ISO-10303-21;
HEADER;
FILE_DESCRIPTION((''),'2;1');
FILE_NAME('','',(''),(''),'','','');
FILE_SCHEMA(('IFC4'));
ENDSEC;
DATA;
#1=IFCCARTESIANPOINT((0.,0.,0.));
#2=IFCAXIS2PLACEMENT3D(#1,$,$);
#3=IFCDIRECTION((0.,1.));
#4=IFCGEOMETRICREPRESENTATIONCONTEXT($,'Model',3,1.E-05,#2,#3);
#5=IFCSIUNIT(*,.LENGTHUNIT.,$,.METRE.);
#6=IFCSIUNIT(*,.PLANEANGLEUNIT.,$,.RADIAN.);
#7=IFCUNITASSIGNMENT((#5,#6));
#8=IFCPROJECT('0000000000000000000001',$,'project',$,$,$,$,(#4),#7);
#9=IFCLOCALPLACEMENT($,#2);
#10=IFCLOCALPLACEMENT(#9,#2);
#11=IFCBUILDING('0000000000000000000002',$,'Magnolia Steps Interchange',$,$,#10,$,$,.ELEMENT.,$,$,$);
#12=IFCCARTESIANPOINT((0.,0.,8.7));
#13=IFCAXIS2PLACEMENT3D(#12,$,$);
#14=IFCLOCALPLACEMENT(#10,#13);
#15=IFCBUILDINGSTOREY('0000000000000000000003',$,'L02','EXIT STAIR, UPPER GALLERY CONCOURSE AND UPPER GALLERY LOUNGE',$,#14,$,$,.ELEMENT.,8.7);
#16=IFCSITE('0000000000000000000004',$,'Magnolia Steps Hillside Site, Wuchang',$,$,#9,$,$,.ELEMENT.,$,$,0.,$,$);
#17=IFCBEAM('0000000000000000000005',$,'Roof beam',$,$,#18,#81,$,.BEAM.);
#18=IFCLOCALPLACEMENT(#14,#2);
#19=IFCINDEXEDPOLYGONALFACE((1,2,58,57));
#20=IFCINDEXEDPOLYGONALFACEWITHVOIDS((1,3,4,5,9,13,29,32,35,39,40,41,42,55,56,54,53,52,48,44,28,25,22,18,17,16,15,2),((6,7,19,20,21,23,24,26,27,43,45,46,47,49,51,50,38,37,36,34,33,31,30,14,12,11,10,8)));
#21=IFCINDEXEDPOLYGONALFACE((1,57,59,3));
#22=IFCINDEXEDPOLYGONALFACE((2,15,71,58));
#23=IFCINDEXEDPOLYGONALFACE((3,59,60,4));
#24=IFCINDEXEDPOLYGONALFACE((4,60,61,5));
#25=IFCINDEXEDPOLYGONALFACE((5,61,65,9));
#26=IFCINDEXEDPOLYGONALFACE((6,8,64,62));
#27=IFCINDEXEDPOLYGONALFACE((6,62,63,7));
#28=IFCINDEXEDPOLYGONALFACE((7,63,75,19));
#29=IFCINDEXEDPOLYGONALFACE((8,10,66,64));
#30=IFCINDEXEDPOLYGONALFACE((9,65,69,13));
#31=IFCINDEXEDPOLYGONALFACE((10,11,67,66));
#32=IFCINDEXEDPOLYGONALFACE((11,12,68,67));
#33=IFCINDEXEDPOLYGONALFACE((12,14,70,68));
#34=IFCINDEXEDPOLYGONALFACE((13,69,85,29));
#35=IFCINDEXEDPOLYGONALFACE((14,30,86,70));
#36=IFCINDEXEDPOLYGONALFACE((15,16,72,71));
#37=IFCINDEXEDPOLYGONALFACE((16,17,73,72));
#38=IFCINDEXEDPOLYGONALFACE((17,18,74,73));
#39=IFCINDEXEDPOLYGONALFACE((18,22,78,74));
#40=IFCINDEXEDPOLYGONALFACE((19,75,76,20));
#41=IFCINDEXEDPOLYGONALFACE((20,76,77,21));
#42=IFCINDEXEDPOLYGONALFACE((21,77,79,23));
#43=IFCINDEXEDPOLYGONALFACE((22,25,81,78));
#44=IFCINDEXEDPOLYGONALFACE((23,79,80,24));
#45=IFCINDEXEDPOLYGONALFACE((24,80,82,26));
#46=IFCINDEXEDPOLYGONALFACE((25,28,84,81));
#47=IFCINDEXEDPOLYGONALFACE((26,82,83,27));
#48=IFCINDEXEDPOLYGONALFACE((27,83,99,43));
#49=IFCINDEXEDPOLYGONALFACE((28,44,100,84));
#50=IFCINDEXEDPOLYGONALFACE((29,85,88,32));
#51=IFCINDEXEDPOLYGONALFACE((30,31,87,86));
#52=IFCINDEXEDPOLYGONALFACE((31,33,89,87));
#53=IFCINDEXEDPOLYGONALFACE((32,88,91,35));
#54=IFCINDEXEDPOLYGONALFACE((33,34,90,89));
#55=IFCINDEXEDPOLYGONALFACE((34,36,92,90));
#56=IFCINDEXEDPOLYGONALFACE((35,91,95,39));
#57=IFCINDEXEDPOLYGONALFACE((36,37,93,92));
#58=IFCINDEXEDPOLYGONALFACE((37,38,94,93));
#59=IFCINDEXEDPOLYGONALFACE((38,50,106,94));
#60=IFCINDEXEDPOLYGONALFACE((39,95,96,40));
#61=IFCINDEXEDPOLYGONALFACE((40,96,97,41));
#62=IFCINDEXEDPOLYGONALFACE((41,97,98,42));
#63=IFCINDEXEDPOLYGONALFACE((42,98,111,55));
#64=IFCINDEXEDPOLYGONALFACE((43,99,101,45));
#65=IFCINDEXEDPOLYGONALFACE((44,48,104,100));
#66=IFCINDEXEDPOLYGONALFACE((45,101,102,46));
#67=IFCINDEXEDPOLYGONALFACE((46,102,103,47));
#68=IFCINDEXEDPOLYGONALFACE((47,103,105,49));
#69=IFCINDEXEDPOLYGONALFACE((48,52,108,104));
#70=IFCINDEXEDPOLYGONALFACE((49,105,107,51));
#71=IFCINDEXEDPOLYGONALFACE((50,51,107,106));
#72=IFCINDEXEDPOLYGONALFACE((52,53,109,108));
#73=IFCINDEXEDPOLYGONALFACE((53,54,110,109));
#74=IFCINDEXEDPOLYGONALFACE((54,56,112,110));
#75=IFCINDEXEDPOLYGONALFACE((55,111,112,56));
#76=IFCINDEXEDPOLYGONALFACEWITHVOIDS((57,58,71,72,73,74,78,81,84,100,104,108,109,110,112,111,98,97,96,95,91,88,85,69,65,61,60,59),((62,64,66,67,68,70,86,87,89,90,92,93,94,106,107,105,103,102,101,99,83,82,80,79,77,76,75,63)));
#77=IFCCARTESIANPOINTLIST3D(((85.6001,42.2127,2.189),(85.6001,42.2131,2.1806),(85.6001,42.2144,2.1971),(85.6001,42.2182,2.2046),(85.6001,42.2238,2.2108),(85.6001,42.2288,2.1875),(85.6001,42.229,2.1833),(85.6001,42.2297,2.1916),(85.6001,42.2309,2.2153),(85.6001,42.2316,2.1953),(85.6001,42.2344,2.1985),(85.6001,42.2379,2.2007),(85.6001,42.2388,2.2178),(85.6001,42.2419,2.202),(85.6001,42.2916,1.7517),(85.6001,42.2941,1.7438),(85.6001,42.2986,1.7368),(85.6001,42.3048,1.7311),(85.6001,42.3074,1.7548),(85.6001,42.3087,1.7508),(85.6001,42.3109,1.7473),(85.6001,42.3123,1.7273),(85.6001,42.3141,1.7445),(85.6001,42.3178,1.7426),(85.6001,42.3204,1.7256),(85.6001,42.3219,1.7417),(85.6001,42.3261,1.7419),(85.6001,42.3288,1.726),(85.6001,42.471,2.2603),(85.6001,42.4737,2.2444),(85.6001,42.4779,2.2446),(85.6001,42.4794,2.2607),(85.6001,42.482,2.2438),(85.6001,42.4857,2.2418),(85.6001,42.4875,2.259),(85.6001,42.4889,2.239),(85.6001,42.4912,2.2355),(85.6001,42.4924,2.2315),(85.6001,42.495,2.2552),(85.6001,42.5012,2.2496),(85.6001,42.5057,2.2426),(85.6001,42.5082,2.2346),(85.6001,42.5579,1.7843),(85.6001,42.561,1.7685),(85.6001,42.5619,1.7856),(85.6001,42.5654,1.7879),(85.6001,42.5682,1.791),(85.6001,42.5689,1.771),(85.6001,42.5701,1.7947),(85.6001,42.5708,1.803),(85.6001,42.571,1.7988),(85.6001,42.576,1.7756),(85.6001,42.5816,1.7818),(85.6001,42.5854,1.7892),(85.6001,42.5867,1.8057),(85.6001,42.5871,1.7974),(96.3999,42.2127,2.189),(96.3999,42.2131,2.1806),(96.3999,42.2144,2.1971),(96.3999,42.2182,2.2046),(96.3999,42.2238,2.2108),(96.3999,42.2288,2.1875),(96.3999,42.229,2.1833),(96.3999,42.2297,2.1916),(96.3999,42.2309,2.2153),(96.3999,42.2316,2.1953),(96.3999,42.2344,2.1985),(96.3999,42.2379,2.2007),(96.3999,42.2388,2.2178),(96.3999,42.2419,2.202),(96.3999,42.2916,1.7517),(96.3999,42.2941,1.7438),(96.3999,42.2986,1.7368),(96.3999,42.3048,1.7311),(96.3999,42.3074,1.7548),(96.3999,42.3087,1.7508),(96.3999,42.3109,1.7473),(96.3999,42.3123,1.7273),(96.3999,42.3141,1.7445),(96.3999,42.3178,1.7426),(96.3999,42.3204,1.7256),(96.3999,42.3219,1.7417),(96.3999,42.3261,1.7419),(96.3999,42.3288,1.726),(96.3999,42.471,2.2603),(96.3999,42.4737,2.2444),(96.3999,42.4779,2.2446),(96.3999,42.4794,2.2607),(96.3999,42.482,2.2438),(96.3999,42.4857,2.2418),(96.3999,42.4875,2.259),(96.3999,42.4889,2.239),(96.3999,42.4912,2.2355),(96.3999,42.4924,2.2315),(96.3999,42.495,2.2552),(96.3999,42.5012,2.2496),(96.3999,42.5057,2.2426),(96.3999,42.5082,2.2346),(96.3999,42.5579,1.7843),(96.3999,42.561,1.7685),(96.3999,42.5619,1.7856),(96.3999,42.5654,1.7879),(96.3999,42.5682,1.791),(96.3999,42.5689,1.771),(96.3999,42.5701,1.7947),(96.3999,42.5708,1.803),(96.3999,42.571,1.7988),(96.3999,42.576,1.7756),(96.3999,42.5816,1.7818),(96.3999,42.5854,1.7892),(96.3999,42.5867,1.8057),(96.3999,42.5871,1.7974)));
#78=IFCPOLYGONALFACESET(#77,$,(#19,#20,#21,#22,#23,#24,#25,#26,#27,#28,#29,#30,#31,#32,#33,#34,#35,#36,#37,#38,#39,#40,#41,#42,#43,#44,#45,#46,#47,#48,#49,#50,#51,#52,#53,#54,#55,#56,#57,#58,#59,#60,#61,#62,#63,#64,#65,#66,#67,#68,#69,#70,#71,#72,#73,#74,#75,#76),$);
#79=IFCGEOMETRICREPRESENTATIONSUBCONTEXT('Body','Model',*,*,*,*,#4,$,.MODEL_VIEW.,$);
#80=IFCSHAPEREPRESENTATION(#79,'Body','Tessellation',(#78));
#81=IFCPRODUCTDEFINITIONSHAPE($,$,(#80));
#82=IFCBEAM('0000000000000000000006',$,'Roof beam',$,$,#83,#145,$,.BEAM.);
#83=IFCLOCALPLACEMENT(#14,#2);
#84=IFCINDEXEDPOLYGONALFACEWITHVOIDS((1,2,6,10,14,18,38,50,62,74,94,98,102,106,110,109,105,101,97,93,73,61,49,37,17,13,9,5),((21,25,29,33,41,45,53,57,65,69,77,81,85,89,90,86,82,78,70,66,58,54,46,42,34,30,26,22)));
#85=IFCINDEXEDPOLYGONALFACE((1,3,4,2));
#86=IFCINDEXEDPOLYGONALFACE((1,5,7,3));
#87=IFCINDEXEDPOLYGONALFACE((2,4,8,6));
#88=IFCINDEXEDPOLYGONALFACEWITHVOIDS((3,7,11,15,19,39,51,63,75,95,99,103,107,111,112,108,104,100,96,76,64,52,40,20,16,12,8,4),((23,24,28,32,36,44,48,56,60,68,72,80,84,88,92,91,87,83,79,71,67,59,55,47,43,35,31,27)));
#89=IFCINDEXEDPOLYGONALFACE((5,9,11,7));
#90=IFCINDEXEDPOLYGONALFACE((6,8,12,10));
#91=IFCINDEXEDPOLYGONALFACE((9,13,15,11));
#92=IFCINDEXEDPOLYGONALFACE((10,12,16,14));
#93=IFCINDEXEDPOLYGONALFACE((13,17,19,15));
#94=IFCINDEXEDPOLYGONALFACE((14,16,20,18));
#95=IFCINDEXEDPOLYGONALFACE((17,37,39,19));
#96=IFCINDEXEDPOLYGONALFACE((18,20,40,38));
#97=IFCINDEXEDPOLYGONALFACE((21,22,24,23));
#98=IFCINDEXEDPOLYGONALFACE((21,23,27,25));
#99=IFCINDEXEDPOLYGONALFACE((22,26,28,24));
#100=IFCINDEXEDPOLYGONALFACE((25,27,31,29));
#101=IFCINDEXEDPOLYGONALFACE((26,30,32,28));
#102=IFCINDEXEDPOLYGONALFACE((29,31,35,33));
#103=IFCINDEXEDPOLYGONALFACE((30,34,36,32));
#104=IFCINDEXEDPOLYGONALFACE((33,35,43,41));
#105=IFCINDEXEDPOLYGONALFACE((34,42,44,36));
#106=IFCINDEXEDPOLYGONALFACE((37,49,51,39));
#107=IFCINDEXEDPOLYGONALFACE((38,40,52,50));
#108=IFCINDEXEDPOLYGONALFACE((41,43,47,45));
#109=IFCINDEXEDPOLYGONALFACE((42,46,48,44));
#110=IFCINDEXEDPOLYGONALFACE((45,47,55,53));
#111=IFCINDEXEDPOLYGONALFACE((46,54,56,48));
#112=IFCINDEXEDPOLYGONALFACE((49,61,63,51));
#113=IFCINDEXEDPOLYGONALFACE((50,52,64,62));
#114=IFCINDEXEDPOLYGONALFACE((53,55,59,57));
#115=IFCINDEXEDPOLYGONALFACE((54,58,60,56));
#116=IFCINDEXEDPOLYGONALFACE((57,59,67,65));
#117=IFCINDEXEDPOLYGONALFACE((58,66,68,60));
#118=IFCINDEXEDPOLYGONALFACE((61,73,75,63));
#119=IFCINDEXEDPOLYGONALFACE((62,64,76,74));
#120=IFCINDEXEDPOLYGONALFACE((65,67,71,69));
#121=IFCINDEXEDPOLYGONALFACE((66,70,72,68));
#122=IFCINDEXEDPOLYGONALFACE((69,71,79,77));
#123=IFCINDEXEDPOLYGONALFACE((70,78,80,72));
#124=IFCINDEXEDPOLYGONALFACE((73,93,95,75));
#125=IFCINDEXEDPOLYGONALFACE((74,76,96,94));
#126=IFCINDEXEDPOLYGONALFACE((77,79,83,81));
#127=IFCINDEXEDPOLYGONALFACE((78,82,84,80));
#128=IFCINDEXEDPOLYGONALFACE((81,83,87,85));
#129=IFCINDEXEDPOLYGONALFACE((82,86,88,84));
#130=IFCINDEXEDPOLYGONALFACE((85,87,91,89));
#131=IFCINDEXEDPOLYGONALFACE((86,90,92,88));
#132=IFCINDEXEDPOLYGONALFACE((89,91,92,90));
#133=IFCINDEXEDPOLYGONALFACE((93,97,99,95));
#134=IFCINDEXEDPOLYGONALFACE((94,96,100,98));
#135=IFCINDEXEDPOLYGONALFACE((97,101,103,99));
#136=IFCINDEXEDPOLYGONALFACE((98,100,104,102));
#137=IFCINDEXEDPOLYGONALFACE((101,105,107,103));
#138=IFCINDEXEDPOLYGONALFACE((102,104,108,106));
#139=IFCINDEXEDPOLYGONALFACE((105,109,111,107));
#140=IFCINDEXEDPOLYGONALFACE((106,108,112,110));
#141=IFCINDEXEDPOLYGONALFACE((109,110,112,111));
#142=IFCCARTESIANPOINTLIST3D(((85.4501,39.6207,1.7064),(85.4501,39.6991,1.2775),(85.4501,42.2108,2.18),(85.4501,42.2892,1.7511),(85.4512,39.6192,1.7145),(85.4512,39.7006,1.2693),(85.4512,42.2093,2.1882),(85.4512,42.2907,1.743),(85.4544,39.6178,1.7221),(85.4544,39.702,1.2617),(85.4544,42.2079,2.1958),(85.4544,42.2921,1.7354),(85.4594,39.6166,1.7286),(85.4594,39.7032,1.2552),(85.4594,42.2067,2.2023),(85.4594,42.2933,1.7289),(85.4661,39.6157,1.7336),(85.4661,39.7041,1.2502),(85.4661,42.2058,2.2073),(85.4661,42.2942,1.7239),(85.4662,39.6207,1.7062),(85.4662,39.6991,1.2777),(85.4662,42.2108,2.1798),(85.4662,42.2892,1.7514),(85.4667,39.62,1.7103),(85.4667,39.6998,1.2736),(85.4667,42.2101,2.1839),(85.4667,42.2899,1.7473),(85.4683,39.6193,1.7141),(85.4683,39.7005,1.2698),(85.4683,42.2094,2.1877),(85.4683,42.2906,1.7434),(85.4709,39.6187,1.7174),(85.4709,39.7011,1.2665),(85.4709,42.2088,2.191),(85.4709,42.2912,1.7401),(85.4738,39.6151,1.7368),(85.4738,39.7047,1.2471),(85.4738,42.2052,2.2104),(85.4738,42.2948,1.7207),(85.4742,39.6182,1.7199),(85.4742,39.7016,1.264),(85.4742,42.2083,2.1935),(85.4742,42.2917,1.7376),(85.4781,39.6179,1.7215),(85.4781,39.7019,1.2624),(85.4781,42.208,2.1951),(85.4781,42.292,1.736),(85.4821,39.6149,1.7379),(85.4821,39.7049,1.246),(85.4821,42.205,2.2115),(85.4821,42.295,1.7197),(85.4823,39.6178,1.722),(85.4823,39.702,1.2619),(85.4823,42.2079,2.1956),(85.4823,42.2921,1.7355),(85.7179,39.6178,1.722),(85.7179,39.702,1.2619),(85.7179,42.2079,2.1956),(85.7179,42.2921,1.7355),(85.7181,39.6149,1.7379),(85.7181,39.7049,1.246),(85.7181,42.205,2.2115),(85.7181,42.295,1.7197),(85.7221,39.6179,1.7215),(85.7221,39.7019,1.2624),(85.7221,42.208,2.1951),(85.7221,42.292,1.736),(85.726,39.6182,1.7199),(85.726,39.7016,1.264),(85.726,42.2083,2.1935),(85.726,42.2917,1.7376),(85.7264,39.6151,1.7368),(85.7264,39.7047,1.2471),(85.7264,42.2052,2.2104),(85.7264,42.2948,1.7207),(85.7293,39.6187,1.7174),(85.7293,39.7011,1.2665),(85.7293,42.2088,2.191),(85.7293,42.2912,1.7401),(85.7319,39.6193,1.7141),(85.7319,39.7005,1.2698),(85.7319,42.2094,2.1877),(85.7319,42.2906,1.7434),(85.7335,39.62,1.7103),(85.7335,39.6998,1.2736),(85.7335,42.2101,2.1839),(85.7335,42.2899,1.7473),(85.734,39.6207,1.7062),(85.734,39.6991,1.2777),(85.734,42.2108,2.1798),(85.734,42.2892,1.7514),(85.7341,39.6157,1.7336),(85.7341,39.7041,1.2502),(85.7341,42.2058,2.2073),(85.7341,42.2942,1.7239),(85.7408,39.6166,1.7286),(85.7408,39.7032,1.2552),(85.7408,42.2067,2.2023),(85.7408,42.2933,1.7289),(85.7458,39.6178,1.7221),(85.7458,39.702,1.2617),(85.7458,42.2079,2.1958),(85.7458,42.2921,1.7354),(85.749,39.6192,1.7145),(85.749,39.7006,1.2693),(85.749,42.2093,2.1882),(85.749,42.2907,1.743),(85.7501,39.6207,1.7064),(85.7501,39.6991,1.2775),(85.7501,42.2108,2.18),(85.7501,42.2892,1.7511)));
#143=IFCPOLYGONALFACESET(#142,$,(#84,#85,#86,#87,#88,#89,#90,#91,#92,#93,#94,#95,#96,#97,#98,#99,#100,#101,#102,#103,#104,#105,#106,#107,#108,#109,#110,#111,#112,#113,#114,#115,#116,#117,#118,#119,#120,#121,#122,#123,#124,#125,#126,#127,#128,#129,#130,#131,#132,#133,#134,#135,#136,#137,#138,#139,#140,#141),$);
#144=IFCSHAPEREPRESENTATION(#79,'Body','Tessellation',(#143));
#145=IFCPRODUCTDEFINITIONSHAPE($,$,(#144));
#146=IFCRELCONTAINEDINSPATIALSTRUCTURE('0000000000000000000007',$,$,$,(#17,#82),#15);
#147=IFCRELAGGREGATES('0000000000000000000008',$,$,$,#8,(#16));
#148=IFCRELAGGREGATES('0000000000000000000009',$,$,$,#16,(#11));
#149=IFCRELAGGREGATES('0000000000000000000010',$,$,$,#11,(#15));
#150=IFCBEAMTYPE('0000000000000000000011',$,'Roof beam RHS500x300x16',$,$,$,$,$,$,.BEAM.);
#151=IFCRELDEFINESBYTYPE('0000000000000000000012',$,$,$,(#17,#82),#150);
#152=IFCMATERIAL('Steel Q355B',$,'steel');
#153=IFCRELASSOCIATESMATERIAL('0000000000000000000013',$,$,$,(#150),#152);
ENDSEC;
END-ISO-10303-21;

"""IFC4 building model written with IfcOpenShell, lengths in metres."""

from ifc_helpers import new_model, si_unit, direction, frame, origin, origin_2d, place, context, subcontext, project, spatial, hollow_rectangle, extrude, material, material_profile, profile_set, type_object, element, save


model = new_model("IFC4")

# Units and contexts
model_context = context("Model", 3, precision=1e-05, world=origin(), true_north=direction((0.0, 1.0)))
body_context = subcontext(model_context, "Body", "Model", "MODEL_VIEW")
ifc_project = project(units=[si_unit("LENGTHUNIT", "METRE"), si_unit("PLANEANGLEUNIT", "RADIAN")], contexts=[model_context])

# Site, building, storey
site_placement = place(None, origin())
site = spatial("IfcSite", under=ifc_project, at=site_placement, Name="Magnolia Steps Hillside Site, Wuchang", CompositionType="ELEMENT", RefElevation=0.0)
building_placement = place(site_placement, origin())
building = spatial("IfcBuilding", under=site, at=building_placement, Name="Magnolia Steps Interchange", CompositionType="ELEMENT")
storey_placement = place(building_placement, frame((0.0, 0.0, 8.7)))
storey = spatial("IfcBuildingStorey", under=building, at=storey_placement, Name="L02", Description="EXIT STAIR, UPPER GALLERY CONCOURSE AND UPPER GALLERY LOUNGE", CompositionType="ELEMENT", Elevation=8.7)

# Beams
ifc_material_1 = material(Name="Steel Q355B", Category="steel")
ifc_material_profile_1 = material_profile(ifc_material_1, hollow_rectangle(XDim=0.3, YDim=0.5, WallThickness=0.0161, InnerFilletRadius=0.0161, OuterFilletRadius=0.032, at=origin_2d()), Name="RHS500x300x16")
ifc_profile_set_1 = profile_set([ifc_material_profile_1], Name="Steel Q355B")
beam_type_1 = type_object("IfcBeamType", Name="Roof beam RHS500x300x16", PredefinedType="BEAM", material=ifc_profile_set_1)
beam_1_placement = place(storey_placement, frame((85.6001, 42.3999, 1.9932), z_axis=(1.0, 0.0, 0.0), x_axis=(0.0, 0.983677, 0.179941)))
element("IfcBeam", 1, at=beam_1_placement, inside=storey, type_object=beam_type_1, Name="Roof beam", PredefinedType="BEAM", context=body_context, shape_type="SweptSolid", body=[
    extrude(hollow_rectangle(XDim=0.3, YDim=0.5, WallThickness=0.0161, InnerFilletRadius=0.0161, OuterFilletRadius=0.032, at=origin_2d()), origin(), (0.0, 0.0, 1.0), 10.7998),
])
beam_2_placement = place(storey_placement, frame((85.6001, 42.25, 1.9656), z_axis=(0.0, -0.983688, -0.179881), x_axis=(1.0, 0.0, 0.0)))
element("IfcBeam", 2, at=beam_2_placement, inside=storey, type_object=beam_type_1, Name="Roof beam", PredefinedType="BEAM", context=body_context, shape_type="SweptSolid", body=[
    extrude(hollow_rectangle(XDim=0.3, YDim=0.5, WallThickness=0.0161, InnerFilletRadius=0.0161, OuterFilletRadius=0.032, at=origin_2d()), origin(), (0.0, 0.0, 1.0), 2.6331),
])

save(model, "model.ifc")
